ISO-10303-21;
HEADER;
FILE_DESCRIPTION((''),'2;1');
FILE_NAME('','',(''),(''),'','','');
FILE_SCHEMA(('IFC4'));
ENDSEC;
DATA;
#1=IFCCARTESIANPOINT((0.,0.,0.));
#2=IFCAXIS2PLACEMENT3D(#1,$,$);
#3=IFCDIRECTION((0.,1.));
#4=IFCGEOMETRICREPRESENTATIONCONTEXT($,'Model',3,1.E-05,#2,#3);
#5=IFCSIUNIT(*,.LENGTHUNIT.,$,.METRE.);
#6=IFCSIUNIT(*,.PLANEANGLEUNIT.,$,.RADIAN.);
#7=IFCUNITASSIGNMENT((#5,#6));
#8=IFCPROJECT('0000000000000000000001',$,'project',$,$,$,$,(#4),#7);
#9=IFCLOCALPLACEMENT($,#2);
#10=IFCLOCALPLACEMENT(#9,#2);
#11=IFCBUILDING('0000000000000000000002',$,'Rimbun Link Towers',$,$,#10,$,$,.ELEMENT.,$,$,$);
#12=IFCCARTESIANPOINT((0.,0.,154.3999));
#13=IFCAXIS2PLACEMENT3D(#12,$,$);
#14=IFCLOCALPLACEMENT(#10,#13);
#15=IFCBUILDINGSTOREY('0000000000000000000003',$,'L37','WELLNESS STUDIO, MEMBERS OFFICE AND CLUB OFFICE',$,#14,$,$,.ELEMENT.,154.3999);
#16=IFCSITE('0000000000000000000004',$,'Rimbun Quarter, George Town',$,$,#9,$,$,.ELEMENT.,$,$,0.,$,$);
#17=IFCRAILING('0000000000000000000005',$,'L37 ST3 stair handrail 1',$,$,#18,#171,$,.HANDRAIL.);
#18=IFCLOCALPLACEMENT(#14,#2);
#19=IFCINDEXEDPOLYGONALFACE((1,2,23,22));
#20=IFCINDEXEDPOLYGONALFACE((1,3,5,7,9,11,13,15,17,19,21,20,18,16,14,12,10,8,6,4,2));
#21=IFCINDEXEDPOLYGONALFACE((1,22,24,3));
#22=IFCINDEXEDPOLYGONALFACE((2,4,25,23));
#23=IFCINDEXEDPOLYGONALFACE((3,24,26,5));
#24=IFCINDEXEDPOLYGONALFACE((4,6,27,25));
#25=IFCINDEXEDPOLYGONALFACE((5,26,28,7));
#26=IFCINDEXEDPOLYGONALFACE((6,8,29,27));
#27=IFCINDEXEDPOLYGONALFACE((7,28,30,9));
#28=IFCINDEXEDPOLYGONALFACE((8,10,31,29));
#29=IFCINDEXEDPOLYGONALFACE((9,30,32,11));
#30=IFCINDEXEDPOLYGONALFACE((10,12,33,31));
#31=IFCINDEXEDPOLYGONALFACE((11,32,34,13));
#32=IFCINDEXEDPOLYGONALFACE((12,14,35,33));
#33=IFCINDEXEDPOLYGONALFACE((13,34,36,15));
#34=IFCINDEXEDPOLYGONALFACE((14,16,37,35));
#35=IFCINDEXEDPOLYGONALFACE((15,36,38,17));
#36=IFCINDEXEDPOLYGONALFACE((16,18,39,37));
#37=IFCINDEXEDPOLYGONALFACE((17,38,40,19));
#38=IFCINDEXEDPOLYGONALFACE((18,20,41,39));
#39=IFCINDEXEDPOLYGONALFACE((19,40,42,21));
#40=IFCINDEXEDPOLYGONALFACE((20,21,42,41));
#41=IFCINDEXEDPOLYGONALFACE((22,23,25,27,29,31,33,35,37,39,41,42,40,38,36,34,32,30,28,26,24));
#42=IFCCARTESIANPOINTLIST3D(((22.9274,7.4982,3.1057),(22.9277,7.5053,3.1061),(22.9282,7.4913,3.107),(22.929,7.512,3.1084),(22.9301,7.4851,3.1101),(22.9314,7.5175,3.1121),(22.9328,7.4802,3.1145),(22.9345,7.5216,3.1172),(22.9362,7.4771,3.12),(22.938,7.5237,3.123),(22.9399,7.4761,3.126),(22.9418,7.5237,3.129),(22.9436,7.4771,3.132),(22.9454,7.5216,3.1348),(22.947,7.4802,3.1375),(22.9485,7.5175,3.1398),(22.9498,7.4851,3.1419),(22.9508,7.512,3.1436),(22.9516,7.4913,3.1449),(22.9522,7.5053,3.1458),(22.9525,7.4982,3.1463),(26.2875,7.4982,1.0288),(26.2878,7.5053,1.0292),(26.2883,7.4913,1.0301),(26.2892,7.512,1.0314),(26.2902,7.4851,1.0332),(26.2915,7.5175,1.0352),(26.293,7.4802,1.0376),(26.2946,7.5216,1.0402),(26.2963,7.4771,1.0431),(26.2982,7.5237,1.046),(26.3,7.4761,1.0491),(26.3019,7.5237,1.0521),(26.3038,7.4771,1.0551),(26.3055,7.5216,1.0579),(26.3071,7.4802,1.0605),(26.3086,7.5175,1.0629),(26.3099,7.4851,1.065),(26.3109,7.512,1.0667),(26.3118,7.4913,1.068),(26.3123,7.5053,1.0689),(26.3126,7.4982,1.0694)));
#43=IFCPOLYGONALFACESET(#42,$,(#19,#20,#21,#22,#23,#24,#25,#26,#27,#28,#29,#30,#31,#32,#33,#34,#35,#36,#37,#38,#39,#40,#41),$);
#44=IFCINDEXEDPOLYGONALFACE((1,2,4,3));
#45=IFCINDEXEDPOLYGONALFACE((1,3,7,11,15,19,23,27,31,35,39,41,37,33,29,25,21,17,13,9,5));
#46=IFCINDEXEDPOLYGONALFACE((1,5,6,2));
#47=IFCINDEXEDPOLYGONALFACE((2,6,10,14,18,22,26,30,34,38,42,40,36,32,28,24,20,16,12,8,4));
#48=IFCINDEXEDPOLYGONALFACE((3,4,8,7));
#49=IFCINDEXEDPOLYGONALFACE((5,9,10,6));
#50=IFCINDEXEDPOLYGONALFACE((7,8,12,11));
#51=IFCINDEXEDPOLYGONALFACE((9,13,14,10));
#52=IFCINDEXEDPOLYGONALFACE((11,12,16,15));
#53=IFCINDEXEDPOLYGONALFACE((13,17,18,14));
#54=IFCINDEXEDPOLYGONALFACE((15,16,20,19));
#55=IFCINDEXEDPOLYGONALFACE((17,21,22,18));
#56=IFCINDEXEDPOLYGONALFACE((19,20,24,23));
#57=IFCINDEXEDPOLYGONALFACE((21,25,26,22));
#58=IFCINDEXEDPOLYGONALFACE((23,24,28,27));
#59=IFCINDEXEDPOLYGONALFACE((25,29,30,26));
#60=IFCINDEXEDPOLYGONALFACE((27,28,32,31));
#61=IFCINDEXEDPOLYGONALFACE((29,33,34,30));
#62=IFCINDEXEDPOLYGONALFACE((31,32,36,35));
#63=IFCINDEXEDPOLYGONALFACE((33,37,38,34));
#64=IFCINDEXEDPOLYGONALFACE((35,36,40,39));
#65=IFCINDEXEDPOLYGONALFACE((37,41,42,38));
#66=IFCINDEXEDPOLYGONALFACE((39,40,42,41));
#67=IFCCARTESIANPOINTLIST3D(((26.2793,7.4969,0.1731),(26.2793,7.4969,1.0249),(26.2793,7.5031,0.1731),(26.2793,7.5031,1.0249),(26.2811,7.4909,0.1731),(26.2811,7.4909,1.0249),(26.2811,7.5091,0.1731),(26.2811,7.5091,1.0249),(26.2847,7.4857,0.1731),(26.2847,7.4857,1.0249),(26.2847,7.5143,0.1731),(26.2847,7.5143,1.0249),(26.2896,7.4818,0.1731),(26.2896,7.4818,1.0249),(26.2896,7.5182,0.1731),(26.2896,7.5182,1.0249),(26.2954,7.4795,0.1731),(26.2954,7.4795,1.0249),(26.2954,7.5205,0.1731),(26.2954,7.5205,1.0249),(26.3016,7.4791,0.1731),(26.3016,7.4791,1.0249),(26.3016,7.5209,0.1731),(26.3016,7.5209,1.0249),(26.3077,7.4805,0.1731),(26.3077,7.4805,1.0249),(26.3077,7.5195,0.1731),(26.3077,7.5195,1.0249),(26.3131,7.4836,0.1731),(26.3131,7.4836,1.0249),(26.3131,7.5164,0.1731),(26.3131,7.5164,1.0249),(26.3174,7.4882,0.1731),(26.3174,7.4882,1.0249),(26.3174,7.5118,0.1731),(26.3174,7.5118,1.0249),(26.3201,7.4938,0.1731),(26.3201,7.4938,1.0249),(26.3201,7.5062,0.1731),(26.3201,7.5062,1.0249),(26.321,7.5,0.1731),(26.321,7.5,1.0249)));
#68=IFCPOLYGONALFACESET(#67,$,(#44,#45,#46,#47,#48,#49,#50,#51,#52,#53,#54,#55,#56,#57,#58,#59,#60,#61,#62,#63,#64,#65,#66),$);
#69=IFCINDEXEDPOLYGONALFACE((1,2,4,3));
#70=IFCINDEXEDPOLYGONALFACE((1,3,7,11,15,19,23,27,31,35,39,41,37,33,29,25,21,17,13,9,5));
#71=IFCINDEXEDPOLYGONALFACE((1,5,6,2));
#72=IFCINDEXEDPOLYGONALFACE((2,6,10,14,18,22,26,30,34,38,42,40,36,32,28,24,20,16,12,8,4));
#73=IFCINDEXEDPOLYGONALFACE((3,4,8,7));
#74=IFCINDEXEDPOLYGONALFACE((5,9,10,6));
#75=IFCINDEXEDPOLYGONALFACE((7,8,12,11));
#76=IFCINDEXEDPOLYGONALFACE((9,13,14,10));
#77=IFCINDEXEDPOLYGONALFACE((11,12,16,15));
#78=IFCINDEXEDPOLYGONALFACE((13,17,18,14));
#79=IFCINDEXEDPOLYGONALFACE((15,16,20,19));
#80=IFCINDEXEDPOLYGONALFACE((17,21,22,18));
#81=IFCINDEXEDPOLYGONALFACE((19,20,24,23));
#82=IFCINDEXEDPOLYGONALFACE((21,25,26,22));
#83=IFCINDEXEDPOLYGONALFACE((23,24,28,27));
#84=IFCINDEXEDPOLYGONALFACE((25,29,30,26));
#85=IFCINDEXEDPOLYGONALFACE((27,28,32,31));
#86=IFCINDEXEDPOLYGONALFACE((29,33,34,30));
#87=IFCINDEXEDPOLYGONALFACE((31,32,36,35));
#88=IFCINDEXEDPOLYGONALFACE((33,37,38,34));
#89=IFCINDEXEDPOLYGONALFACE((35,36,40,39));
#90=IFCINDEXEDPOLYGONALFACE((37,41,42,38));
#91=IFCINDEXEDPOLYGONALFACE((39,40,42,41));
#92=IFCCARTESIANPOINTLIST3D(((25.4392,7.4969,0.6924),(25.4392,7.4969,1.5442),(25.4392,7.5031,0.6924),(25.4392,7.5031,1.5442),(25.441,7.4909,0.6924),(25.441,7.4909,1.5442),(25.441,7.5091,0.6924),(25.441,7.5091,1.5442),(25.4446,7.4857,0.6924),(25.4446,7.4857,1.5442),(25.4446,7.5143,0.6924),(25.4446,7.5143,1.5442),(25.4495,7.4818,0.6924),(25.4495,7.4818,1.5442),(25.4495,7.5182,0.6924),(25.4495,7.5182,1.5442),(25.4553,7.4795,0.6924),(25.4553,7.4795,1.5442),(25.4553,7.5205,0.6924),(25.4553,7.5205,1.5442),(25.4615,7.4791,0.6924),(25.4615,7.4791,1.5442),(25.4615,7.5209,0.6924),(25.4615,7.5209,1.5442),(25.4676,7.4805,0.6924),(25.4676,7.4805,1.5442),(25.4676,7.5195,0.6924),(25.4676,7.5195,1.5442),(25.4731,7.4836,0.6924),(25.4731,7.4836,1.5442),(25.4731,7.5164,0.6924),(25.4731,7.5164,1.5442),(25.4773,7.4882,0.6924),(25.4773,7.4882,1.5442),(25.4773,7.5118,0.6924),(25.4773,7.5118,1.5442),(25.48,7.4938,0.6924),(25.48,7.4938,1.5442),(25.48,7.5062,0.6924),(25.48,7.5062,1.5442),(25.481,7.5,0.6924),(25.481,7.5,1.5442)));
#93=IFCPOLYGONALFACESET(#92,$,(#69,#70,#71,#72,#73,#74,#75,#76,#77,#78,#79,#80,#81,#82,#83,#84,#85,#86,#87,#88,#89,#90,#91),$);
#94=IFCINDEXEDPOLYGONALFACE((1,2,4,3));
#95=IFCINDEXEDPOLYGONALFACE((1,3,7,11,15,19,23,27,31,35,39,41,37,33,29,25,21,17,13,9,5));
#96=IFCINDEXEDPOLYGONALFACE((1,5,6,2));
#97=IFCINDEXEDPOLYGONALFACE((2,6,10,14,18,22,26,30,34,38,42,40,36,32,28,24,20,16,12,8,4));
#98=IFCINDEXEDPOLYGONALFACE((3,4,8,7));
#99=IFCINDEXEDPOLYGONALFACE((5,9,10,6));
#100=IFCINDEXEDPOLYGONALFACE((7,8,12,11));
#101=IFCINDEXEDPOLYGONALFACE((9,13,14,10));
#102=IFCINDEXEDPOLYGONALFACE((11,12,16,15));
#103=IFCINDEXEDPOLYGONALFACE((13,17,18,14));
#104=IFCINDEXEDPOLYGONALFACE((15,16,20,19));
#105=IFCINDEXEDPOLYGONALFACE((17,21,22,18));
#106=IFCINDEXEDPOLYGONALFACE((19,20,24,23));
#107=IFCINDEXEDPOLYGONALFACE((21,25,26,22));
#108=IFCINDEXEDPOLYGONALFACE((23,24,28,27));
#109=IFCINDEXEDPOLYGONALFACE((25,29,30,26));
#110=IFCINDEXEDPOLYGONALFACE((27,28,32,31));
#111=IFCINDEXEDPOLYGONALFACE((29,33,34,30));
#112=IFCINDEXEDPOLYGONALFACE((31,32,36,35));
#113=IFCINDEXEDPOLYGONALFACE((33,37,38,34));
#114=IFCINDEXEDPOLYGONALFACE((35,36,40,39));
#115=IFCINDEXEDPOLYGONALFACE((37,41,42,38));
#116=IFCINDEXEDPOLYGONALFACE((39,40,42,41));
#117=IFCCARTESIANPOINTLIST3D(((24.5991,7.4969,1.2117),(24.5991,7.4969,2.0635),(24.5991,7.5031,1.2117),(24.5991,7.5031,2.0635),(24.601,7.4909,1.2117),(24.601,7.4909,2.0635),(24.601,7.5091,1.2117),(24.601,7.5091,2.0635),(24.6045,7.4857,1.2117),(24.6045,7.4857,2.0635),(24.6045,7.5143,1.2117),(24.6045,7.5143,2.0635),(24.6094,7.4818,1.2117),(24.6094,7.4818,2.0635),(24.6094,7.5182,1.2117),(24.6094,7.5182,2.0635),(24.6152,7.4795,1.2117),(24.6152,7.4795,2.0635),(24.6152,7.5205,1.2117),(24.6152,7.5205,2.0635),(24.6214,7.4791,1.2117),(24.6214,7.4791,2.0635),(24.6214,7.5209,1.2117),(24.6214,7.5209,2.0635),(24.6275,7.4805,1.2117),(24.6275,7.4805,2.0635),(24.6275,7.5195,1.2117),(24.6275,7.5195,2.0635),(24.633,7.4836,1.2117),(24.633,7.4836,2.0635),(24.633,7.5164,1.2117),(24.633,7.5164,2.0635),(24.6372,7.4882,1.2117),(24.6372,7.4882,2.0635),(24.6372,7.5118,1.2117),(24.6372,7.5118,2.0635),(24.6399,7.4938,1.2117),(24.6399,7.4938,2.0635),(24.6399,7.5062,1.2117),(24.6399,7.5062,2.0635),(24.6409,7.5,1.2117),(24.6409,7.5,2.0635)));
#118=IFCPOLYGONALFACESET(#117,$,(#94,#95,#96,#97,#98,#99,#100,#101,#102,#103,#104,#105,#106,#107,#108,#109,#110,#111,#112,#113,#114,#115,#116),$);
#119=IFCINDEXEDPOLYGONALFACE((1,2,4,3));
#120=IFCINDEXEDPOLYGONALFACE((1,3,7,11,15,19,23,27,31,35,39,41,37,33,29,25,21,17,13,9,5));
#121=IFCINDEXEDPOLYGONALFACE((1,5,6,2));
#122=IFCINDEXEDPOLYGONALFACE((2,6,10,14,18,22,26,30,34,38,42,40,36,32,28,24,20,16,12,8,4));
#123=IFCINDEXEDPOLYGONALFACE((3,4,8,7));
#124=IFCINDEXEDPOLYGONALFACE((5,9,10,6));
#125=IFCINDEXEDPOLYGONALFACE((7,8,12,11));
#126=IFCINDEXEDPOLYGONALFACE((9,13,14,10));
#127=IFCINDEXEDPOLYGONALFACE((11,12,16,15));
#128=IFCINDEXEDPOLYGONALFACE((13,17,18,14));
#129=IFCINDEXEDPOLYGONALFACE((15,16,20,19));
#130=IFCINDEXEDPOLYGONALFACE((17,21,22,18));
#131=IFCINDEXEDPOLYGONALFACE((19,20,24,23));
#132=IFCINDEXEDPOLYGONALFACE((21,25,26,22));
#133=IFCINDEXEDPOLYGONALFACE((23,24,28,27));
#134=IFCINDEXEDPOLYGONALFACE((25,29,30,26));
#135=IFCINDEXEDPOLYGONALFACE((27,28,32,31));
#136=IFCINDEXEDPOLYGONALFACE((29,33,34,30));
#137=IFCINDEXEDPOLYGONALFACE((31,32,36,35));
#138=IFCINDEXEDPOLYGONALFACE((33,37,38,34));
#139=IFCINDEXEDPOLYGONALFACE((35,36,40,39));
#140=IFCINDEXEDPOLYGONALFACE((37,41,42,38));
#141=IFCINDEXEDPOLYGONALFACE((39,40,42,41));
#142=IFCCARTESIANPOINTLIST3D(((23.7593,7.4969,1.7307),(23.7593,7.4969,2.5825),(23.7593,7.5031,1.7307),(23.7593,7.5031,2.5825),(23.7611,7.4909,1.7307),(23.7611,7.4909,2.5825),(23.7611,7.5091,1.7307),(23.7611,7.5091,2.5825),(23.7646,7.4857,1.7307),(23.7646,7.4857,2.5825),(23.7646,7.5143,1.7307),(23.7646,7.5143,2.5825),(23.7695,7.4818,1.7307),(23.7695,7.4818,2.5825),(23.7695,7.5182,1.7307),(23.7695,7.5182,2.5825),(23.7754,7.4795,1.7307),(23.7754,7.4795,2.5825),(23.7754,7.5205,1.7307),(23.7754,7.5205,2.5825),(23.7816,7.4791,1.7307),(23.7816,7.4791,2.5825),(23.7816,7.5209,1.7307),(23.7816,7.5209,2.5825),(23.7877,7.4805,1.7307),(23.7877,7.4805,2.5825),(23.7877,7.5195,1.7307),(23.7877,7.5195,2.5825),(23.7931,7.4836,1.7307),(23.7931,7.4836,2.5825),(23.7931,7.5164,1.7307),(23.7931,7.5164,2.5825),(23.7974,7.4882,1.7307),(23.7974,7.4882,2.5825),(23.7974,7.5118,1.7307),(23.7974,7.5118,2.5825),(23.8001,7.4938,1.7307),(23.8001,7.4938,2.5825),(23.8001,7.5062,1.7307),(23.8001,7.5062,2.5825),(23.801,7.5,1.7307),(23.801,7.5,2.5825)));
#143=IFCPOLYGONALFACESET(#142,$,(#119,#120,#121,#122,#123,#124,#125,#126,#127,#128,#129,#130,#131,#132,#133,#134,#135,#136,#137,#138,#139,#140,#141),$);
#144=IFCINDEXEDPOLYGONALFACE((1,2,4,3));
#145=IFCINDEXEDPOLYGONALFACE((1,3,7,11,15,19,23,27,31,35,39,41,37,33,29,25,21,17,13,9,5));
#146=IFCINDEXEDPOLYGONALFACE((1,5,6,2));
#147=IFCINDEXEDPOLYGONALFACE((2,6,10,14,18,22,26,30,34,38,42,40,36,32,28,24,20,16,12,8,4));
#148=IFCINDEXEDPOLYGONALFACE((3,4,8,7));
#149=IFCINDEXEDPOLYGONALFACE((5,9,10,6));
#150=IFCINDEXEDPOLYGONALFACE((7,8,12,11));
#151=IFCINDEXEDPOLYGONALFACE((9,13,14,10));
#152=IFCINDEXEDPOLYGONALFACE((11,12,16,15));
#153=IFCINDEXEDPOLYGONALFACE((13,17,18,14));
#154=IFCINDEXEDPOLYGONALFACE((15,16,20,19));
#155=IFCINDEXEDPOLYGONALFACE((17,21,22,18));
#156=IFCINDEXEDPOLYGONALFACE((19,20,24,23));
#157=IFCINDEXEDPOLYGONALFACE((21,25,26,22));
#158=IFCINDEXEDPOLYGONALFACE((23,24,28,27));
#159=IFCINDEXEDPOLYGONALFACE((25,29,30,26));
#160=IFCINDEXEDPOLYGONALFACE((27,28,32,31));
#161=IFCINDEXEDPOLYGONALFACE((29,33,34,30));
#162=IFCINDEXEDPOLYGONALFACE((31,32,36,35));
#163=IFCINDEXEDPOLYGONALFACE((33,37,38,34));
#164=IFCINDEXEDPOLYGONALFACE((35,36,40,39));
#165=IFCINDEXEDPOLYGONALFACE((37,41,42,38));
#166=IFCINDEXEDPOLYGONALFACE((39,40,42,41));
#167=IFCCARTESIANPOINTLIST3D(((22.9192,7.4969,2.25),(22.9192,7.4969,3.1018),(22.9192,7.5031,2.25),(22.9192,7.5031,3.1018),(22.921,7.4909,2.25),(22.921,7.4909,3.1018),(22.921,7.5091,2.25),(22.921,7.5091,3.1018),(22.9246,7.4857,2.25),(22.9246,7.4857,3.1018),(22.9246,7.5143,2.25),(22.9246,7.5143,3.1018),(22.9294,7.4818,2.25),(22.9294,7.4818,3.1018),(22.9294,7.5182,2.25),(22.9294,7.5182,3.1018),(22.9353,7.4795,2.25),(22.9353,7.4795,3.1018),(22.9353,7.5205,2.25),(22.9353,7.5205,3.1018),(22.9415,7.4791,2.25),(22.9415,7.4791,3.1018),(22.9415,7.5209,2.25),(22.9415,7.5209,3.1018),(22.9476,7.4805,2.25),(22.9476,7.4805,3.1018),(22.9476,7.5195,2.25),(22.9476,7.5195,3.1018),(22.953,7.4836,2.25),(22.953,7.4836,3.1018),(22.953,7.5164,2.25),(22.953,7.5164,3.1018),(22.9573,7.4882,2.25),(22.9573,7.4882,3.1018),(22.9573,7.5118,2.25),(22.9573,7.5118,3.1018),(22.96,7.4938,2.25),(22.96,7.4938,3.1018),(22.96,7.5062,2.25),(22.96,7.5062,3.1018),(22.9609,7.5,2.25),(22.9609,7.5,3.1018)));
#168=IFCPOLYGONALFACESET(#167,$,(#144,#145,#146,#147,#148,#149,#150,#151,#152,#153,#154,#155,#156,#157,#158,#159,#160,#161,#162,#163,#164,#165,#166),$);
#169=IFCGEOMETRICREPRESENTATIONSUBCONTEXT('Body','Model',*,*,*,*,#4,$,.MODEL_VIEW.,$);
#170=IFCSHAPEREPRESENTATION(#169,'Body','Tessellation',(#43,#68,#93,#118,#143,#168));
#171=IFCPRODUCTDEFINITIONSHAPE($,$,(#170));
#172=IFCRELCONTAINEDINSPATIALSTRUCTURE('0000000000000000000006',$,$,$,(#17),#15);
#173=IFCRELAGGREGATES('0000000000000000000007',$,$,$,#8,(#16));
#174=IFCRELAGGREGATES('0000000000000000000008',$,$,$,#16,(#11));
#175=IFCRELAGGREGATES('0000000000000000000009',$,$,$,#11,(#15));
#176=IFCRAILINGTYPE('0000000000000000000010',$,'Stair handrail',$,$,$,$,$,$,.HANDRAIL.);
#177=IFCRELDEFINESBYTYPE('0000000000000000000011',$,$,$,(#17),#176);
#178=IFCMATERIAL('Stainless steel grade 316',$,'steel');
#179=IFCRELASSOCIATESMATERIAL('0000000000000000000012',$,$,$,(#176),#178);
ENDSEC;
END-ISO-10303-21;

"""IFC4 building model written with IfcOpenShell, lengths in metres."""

from ifc_helpers import new_model, si_unit, direction, frame, origin, origin_2d, place, context, subcontext, project, spatial, circle, extrude, material, type_object, element, save


model = new_model("IFC4")

# Units and contexts
model_context = context("Model", 3, precision=1e-05, world=origin(), true_north=direction((0.0, 1.0)))
body_context = subcontext(model_context, "Body", "Model", "MODEL_VIEW")
ifc_project = project(units=[si_unit("LENGTHUNIT", "METRE"), si_unit("PLANEANGLEUNIT", "RADIAN")], contexts=[model_context])

# Site, building, storey
site_placement = place(None, origin())
site = spatial("IfcSite", under=ifc_project, at=site_placement, Name="Rimbun Quarter, George Town", CompositionType="ELEMENT", RefElevation=0.0)
building_placement = place(site_placement, origin())
building = spatial("IfcBuilding", under=site, at=building_placement, Name="Rimbun Link Towers", CompositionType="ELEMENT")
storey_placement = place(building_placement, frame((0.0, 0.0, 154.3999)))
storey = spatial("IfcBuildingStorey", under=building, at=storey_placement, Name="L37", Description="WELLNESS STUDIO, MEMBERS OFFICE AND CLUB OFFICE", CompositionType="ELEMENT", Elevation=154.3999)

# Railing
ifc_material_1 = material(Name="Stainless steel grade 316", Category="steel")
railing_type_1 = type_object("IfcRailingType", Name="Stair handrail", PredefinedType="HANDRAIL", material=ifc_material_1)
railing_1_placement = place(storey_placement, frame((26.3, 7.5, 0.1731)))
element("IfcRailing", 1, at=railing_1_placement, inside=storey, type_object=railing_type_1, Name="L37 ST3 stair handrail 1", PredefinedType="HANDRAIL", context=body_context, shape_type="SweptSolid", body=[
    extrude(circle(Radius=0.0239, at=origin_2d()), frame((0.0, 0.0, 0.876), z_axis=(-0.850623, 0.0, 0.525776), x_axis=(0.0, -1.0, 0.0)), (0.0, 0.0, 1.0), 3.9502),
    extrude(circle(Radius=0.021, at=origin_2d()), origin(), (0.0, 0.0, 1.0), 0.8518),
    extrude(circle(Radius=0.021, at=origin_2d()), frame((-0.8401, 0.0, 0.5193)), (0.0, 0.0, 1.0), 0.8518),
    extrude(circle(Radius=0.021, at=origin_2d()), frame((-1.6802, 0.0, 1.0386)), (0.0, 0.0, 1.0), 0.8518),
    extrude(circle(Radius=0.021, at=origin_2d()), frame((-2.52, 0.0, 1.5576)), (0.0, 0.0, 1.0), 0.8518),
    extrude(circle(Radius=0.021, at=origin_2d()), frame((-3.3601, 0.0, 2.0769)), (0.0, 0.0, 1.0), 0.8518),
])

save(model, "model.ifc")
